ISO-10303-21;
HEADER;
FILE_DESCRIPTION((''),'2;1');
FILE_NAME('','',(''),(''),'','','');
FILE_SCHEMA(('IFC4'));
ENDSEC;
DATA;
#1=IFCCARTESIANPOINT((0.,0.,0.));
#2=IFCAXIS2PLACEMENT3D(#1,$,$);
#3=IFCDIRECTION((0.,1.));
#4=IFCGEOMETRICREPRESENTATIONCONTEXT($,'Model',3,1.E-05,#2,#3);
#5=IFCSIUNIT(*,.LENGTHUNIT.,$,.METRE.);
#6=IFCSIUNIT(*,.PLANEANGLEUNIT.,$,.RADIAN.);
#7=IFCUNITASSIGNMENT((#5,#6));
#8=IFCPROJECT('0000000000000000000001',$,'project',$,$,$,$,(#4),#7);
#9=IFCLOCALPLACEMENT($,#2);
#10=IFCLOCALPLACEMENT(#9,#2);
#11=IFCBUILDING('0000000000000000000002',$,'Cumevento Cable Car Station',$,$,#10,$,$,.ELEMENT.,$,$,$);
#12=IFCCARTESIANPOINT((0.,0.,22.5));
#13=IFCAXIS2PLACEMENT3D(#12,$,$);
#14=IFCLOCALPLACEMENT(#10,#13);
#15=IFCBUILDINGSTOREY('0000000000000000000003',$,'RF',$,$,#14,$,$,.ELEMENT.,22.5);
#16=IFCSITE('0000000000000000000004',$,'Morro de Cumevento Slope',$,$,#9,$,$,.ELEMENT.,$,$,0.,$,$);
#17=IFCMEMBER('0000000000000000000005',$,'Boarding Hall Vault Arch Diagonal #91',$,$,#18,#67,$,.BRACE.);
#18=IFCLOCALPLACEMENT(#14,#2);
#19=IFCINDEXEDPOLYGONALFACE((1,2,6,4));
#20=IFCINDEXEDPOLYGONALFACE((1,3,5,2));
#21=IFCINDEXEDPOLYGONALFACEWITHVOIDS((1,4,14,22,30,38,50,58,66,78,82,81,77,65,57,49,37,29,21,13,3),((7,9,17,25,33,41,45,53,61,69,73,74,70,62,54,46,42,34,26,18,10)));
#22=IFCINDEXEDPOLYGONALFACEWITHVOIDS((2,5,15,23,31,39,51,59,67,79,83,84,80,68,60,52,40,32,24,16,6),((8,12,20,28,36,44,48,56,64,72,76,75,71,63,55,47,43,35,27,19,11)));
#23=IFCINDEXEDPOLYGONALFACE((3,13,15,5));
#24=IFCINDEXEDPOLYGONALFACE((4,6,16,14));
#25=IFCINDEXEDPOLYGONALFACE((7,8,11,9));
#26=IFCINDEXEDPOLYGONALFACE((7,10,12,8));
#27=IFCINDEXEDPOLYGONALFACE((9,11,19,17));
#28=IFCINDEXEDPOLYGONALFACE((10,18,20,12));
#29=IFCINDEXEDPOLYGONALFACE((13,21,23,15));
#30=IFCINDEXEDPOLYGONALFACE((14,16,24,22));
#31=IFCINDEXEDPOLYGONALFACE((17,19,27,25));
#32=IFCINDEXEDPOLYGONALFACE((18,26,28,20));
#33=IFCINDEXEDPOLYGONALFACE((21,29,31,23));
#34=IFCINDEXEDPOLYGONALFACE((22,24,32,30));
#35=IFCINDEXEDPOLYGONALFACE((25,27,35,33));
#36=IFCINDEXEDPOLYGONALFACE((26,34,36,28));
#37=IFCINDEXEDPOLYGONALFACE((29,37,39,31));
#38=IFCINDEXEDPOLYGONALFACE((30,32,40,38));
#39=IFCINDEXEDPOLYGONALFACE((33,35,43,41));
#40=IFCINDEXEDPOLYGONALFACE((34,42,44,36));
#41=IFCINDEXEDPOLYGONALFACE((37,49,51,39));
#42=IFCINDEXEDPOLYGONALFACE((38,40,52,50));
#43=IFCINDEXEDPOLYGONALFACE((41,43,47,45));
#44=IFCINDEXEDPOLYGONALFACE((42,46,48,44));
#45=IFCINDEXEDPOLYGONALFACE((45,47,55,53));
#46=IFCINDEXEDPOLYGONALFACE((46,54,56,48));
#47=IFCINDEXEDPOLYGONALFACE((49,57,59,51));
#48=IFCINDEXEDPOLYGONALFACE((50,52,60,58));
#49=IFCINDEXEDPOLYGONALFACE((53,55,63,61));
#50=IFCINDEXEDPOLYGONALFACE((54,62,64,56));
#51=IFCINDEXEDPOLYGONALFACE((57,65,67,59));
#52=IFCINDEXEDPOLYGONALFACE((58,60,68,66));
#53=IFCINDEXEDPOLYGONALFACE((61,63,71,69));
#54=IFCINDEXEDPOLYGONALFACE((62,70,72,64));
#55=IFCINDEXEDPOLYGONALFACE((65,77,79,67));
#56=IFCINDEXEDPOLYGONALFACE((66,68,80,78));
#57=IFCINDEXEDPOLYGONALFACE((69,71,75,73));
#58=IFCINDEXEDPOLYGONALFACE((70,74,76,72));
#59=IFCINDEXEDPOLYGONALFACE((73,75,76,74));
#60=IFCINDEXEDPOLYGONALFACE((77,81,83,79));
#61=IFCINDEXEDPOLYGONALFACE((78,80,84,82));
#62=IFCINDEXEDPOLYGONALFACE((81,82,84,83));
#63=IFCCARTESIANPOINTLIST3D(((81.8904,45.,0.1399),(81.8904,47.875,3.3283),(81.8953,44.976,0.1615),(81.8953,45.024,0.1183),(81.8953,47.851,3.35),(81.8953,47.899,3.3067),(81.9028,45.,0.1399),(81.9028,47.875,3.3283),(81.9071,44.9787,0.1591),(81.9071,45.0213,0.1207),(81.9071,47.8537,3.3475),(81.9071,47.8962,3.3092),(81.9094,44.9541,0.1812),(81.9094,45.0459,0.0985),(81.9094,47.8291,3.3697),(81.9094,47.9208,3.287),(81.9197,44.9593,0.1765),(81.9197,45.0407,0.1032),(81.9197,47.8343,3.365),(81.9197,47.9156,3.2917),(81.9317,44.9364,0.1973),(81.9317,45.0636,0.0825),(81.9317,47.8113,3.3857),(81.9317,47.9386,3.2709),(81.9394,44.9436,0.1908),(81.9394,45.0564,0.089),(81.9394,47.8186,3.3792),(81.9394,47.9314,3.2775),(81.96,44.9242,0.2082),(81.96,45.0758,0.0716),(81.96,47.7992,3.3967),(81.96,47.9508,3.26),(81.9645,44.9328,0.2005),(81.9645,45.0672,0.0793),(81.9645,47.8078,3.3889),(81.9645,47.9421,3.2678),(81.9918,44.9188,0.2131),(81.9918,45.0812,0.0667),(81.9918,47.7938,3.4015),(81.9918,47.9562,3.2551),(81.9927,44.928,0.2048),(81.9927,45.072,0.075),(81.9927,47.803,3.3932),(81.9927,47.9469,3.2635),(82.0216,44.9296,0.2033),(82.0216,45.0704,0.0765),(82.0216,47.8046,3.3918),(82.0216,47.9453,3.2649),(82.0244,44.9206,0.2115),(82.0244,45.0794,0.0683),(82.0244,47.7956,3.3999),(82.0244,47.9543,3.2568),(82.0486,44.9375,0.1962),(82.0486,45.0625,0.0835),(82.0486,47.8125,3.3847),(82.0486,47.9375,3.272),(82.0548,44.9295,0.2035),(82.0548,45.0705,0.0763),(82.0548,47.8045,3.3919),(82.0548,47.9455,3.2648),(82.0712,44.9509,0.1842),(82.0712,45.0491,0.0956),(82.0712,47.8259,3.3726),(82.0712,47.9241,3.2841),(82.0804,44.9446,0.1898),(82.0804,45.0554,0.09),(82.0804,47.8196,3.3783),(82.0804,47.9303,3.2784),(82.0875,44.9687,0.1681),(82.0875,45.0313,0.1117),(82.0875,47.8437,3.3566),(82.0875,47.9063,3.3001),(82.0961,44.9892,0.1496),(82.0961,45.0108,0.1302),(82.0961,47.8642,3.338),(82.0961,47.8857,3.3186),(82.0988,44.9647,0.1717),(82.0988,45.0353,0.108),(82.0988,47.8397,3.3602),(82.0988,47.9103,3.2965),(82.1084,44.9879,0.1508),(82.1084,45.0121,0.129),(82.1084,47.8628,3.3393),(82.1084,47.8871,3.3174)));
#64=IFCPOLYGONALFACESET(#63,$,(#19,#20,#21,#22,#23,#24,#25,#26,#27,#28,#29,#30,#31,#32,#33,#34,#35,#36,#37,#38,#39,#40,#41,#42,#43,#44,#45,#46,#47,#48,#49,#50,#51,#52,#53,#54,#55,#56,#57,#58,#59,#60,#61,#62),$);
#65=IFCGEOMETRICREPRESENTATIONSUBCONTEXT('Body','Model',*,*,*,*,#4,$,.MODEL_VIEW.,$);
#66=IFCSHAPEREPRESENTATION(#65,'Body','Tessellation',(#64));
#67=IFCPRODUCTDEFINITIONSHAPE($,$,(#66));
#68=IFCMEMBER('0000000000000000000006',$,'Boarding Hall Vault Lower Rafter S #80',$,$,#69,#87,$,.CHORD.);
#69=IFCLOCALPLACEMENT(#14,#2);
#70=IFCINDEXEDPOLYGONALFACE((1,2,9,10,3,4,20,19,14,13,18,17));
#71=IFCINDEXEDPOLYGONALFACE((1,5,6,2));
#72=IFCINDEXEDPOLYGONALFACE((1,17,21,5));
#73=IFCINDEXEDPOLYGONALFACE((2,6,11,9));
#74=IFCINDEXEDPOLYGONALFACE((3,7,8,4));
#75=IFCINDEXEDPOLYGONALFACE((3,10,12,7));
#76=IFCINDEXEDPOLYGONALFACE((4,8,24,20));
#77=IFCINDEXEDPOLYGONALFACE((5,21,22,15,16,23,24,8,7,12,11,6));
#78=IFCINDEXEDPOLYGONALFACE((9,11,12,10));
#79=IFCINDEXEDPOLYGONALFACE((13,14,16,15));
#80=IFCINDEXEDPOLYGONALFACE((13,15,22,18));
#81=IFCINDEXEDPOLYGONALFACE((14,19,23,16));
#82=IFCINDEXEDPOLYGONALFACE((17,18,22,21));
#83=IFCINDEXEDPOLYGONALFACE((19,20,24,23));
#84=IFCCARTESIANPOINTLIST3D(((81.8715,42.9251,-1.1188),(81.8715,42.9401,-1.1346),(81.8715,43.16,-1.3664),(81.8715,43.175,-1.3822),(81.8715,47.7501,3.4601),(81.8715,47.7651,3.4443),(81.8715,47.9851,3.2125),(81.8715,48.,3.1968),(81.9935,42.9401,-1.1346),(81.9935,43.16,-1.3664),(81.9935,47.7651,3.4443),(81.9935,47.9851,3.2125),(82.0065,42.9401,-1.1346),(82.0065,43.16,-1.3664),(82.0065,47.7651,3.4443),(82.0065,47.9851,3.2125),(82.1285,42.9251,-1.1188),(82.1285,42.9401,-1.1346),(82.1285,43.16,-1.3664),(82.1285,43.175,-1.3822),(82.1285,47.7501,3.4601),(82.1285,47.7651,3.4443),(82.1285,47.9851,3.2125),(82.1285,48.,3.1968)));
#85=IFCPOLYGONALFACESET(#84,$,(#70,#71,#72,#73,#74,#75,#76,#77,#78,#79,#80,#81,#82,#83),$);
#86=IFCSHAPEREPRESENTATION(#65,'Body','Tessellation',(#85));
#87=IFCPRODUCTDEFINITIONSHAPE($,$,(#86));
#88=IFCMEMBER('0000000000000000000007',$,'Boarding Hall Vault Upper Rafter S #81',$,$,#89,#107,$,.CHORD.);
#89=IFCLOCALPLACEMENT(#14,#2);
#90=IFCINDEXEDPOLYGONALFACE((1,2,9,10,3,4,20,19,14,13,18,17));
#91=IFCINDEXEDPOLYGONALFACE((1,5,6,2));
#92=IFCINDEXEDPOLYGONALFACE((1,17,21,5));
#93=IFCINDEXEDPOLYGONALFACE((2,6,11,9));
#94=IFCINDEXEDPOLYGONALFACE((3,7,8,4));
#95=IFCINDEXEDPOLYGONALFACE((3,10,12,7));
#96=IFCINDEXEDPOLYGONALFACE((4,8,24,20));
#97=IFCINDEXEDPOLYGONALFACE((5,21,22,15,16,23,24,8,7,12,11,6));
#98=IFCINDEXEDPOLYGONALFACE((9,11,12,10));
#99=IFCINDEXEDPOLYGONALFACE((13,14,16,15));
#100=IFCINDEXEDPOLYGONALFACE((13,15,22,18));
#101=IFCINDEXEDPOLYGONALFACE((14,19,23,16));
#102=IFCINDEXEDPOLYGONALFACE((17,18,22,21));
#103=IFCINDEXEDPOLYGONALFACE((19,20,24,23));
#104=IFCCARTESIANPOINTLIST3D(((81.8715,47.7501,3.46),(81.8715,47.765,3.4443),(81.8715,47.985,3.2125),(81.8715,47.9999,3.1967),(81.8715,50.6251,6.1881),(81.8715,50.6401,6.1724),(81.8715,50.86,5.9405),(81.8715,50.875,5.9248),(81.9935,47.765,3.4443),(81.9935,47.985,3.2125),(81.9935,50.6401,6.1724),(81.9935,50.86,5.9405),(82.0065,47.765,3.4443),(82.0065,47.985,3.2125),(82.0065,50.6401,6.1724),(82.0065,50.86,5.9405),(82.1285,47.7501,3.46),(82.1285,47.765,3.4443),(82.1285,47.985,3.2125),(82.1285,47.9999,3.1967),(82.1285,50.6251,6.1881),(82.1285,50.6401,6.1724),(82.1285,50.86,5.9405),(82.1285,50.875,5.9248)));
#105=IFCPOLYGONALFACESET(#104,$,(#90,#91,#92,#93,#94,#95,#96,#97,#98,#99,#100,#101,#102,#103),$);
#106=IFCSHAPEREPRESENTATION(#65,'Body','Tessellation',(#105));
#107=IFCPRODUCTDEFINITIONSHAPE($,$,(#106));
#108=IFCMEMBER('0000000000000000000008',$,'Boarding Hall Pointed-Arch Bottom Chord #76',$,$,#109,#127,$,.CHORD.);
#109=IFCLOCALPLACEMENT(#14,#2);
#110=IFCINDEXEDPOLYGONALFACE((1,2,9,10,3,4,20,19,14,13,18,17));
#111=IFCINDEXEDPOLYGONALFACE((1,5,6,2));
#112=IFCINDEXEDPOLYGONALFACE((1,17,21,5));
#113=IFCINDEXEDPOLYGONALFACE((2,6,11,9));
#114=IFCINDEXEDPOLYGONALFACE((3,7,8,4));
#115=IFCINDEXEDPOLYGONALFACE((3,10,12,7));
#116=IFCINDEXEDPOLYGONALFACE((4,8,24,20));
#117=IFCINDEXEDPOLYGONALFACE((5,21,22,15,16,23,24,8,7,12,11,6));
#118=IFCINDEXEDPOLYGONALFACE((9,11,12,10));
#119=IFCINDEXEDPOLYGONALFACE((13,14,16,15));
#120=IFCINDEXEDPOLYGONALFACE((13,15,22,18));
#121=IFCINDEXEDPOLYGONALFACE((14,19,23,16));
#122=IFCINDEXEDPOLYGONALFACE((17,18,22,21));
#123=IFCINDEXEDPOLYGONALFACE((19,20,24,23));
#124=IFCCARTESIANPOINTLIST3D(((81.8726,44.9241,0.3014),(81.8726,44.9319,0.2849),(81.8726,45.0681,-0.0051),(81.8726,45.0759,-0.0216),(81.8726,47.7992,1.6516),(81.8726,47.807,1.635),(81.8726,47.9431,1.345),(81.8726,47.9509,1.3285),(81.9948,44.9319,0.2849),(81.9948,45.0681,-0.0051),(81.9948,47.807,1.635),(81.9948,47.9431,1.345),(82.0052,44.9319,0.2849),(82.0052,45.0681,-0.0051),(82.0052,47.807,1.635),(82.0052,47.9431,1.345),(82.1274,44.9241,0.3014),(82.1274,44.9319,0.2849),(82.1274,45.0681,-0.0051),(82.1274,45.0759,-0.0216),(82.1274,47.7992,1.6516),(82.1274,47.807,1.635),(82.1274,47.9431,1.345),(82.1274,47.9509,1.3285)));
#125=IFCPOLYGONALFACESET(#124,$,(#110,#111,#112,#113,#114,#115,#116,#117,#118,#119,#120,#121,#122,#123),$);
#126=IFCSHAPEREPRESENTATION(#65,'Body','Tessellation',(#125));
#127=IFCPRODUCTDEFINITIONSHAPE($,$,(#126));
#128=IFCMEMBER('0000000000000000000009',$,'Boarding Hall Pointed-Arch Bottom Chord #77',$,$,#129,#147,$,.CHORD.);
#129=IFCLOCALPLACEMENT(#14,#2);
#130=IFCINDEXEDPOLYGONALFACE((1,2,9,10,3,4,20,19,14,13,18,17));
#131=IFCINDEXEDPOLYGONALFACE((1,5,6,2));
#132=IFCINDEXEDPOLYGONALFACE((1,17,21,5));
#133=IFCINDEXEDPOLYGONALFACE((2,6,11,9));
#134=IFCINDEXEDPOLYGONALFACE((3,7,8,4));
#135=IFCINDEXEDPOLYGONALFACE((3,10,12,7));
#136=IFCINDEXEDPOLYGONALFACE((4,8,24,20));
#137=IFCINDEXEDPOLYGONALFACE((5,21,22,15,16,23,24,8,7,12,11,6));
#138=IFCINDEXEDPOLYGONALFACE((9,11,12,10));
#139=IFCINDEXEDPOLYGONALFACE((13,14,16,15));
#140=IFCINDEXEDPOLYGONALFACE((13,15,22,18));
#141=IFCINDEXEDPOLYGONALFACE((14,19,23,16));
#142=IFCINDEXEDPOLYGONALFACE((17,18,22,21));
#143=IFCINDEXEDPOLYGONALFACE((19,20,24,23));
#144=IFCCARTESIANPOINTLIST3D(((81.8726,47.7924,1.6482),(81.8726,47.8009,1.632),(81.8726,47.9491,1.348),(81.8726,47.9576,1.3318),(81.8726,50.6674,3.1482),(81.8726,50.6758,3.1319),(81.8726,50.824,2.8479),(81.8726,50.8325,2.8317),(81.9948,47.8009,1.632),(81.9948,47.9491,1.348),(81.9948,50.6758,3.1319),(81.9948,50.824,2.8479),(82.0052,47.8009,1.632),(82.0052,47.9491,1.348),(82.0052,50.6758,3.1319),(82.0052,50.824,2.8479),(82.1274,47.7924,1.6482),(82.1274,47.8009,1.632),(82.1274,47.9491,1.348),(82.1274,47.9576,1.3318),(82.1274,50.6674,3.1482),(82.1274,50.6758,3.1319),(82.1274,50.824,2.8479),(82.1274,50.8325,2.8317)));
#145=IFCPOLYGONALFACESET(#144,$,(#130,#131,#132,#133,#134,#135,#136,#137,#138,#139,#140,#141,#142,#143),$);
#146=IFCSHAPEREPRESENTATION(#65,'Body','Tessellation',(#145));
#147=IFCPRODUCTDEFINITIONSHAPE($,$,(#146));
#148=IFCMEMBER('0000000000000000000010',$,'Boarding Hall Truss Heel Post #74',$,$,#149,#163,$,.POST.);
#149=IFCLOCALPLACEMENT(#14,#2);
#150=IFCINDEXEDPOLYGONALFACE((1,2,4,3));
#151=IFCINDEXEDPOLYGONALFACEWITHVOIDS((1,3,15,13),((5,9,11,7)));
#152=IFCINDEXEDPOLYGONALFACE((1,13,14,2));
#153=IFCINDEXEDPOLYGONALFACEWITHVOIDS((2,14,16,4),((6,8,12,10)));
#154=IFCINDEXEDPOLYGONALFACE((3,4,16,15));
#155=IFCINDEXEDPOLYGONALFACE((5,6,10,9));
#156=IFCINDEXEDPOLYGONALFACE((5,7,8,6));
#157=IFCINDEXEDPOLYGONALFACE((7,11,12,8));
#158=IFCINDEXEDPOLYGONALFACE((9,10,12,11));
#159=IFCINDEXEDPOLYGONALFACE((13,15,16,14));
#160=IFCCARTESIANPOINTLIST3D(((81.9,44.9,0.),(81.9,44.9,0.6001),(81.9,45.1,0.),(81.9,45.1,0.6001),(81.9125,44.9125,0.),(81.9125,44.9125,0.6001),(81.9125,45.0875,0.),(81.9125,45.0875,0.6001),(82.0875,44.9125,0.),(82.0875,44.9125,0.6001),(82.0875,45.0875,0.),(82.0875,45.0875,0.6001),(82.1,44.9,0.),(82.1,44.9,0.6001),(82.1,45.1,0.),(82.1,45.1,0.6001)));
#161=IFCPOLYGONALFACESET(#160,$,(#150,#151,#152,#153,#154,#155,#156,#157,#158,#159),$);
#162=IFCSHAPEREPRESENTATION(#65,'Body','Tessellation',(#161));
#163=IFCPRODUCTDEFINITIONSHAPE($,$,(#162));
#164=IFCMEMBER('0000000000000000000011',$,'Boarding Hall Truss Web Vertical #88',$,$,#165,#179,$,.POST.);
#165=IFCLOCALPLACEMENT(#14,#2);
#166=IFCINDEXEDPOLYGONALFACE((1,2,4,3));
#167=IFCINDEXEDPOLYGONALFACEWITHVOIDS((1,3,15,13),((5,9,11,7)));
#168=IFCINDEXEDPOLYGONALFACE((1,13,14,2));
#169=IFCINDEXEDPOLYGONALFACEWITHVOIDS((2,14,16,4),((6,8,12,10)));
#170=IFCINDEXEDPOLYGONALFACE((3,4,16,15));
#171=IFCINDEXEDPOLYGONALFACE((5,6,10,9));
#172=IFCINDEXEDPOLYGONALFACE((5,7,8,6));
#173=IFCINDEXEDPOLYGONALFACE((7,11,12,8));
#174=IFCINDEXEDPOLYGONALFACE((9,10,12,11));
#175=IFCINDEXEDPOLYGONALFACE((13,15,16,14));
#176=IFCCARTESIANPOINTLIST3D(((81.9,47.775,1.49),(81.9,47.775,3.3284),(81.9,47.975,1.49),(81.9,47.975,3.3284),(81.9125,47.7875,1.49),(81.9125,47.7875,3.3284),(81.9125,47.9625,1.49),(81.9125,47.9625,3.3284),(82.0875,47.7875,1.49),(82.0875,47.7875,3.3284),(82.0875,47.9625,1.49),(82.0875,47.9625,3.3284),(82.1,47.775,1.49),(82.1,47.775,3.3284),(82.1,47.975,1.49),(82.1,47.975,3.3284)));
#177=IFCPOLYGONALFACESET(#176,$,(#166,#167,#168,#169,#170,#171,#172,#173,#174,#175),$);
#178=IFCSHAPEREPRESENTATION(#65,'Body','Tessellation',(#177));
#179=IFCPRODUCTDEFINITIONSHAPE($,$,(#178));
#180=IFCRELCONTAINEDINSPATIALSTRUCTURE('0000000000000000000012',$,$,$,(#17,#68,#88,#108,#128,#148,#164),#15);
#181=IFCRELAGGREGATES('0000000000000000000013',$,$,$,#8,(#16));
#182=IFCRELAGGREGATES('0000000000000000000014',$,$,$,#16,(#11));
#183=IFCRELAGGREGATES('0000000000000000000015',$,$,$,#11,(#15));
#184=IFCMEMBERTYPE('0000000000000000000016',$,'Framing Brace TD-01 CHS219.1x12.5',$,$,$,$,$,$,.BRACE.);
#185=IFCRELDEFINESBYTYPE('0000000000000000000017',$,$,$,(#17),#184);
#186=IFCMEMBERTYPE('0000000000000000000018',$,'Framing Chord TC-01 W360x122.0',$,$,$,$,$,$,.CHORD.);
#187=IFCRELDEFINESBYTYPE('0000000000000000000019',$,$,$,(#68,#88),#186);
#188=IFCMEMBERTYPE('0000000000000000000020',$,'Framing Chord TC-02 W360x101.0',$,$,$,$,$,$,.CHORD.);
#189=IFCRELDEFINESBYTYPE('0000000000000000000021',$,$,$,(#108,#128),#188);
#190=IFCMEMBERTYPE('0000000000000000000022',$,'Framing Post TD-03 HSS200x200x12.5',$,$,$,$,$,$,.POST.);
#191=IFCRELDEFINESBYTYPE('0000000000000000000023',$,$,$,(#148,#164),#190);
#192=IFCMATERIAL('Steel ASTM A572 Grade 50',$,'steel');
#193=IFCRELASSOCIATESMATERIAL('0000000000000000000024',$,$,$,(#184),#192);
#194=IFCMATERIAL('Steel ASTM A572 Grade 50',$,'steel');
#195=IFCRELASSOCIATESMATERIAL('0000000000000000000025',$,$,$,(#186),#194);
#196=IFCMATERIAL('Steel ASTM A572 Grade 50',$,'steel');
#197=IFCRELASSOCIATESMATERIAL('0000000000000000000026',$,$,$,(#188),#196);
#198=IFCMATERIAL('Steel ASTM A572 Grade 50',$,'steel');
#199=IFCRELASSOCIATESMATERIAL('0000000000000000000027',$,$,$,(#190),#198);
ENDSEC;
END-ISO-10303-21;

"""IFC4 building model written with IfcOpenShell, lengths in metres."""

from ifc_helpers import new_model, si_unit, direction, frame, origin, origin_2d, place, context, subcontext, project, spatial, hollow_rectangle, hollow_circle, i_section, extrude, material, material_profile, profile_set, type_object, element, save


model = new_model("IFC4")

# Units and contexts
model_context = context("Model", 3, precision=1e-05, world=origin(), true_north=direction((0.0, 1.0)))
body_context = subcontext(model_context, "Body", "Model", "MODEL_VIEW")
ifc_project = project(units=[si_unit("LENGTHUNIT", "METRE"), si_unit("PLANEANGLEUNIT", "RADIAN")], contexts=[model_context])

# Site, building, storey
site_placement = place(None, origin())
site = spatial("IfcSite", under=ifc_project, at=site_placement, Name="Morro de Cumevento Slope", CompositionType="ELEMENT", RefElevation=0.0)
building_placement = place(site_placement, origin())
building = spatial("IfcBuilding", under=site, at=building_placement, Name="Cumevento Cable Car Station", CompositionType="ELEMENT")
storey_placement = place(building_placement, frame((0.0, 0.0, 22.5)))
storey = spatial("IfcBuildingStorey", under=building, at=storey_placement, Name="RF", CompositionType="ELEMENT", Elevation=22.5)

# Members
ifc_material_1 = material(Name="Steel ASTM A572 Grade 50", Category="steel")
ifc_material_profile_1 = material_profile(ifc_material_1, hollow_circle(Radius=0.1096, WallThickness=0.0125, at=origin_2d()), Name="CHS219.1x12.5")
ifc_profile_set_1 = profile_set([ifc_material_profile_1], Name="Steel ASTM A572 Grade 50")
member_type_1 = type_object("IfcMemberType", Name="Framing Brace TD-01 CHS219.1x12.5", PredefinedType="BRACE", material=ifc_profile_set_1)
member_1_placement = place(storey_placement, frame((82.0, 45.0, 0.1399), z_axis=(0.0, 0.669656, 0.742672), x_axis=(-1.0, 0.0, 0.0)))
element("IfcMember", 1, at=member_1_placement, inside=storey, type_object=member_type_1, Name="Boarding Hall Vault Arch Diagonal #91", PredefinedType="BRACE", context=body_context, shape_type="SweptSolid", body=[
    extrude(hollow_circle(Radius=0.1096, WallThickness=0.0125, at=origin_2d()), origin(), (0.0, 0.0, 1.0), 4.2932),
])
ifc_material_2 = material(Name="Steel ASTM A572 Grade 50", Category="steel")
ifc_material_profile_2 = material_profile(ifc_material_2, i_section(OverallWidth=0.2571, OverallDepth=0.363, WebThickness=0.0129, FlangeThickness=0.0217, at=origin_2d()), Name="W360x122.0")
ifc_profile_set_2 = profile_set([ifc_material_profile_2], Name="Steel ASTM A572 Grade 50")
member_type_2 = type_object("IfcMemberType", Name="Framing Chord TC-01 W360x122.0", PredefinedType="CHORD", material=ifc_profile_set_2)
member_2_placement = place(storey_placement, frame((82.0, 43.05, -1.2505), z_axis=(0.0, 0.725363, 0.688366), x_axis=(-1.0, 0.0, 0.0)))
element("IfcMember", 2, at=member_2_placement, inside=storey, type_object=member_type_2, Name="Boarding Hall Vault Lower Rafter S #80", PredefinedType="CHORD", context=body_context, shape_type="SweptSolid", body=[
    extrude(i_section(OverallWidth=0.2571, OverallDepth=0.363, WebThickness=0.0129, FlangeThickness=0.0217, at=origin_2d()), origin(), (0.0, 0.0, 1.0), 6.6519),
])
member_3_placement = place(storey_placement, frame((82.0, 47.875, 3.3284), z_axis=(0.0, 0.725405, 0.688322), x_axis=(-1.0, 0.0, 0.0)))
element("IfcMember", 3, at=member_3_placement, inside=storey, type_object=member_type_2, Name="Boarding Hall Vault Upper Rafter S #81", PredefinedType="CHORD", context=body_context, shape_type="SweptSolid", body=[
    extrude(i_section(OverallWidth=0.2571, OverallDepth=0.363, WebThickness=0.0129, FlangeThickness=0.0217, at=origin_2d()), origin(), (0.0, 0.0, 1.0), 3.9634),
])
ifc_material_3 = material(Name="Steel ASTM A572 Grade 50", Category="steel")
ifc_material_profile_3 = material_profile(ifc_material_3, i_section(OverallWidth=0.2549, OverallDepth=0.3569, WebThickness=0.0105, FlangeThickness=0.0183, at=origin_2d()), Name="W360x101.0")
ifc_profile_set_3 = profile_set([ifc_material_profile_3], Name="Steel ASTM A572 Grade 50")
member_type_3 = type_object("IfcMemberType", Name="Framing Chord TC-02 W360x101.0", PredefinedType="CHORD", material=ifc_profile_set_3)
member_4_placement = place(storey_placement, frame((82.0, 45.0, 0.1399), z_axis=(0.0, 0.905163, 0.425064), x_axis=(-1.0, 0.0, 0.0)))
element("IfcMember", 4, at=member_4_placement, inside=storey, type_object=member_type_3, Name="Boarding Hall Pointed-Arch Bottom Chord #76", PredefinedType="CHORD", context=body_context, shape_type="SweptSolid", body=[
    extrude(i_section(OverallWidth=0.2549, OverallDepth=0.3569, WebThickness=0.0105, FlangeThickness=0.0183, at=origin_2d()), origin(), (0.0, 0.0, 1.0), 3.1763),
])
member_5_placement = place(storey_placement, frame((82.0, 47.875, 1.49), z_axis=(0.0, 0.886585, 0.462566), x_axis=(-1.0, 0.0, 0.0)))
element("IfcMember", 5, at=member_5_placement, inside=storey, type_object=member_type_3, Name="Boarding Hall Pointed-Arch Bottom Chord #77", PredefinedType="CHORD", context=body_context, shape_type="SweptSolid", body=[
    extrude(i_section(OverallWidth=0.2549, OverallDepth=0.3569, WebThickness=0.0105, FlangeThickness=0.0183, at=origin_2d()), origin(), (0.0, 0.0, 1.0), 3.2427),
])
ifc_material_4 = material(Name="Steel ASTM A572 Grade 50", Category="steel")
ifc_material_profile_4 = material_profile(ifc_material_4, hollow_rectangle(XDim=0.2, YDim=0.2, WallThickness=0.0125, at=origin_2d()), Name="HSS200x200x12.5")
ifc_profile_set_4 = profile_set([ifc_material_profile_4], Name="Steel ASTM A572 Grade 50")
member_type_4 = type_object("IfcMemberType", Name="Framing Post TD-03 HSS200x200x12.5", PredefinedType="POST", material=ifc_profile_set_4)
member_6_placement = place(storey_placement, frame((82.0, 45.0, 0.0), z_axis=(0.0, 0.0, 1.0), x_axis=(1.0, 0.0, 0.0)))
element("IfcMember", 6, at=member_6_placement, inside=storey, type_object=member_type_4, Name="Boarding Hall Truss Heel Post #74", PredefinedType="POST", context=body_context, shape_type="SweptSolid", body=[
    extrude(hollow_rectangle(XDim=0.2, YDim=0.2, WallThickness=0.0125, at=origin_2d()), origin(), (0.0, 0.0, 1.0), 0.6001),
])
member_7_placement = place(storey_placement, frame((82.0, 47.875, 1.49), z_axis=(0.0, 0.0, 1.0), x_axis=(1.0, 0.0, 0.0)))
element("IfcMember", 7, at=member_7_placement, inside=storey, type_object=member_type_4, Name="Boarding Hall Truss Web Vertical #88", PredefinedType="POST", context=body_context, shape_type="SweptSolid", body=[
    extrude(hollow_rectangle(XDim=0.2, YDim=0.2, WallThickness=0.0125, at=origin_2d()), origin(), (0.0, 0.0, 1.0), 1.8384),
])

save(model, "model.ifc")
